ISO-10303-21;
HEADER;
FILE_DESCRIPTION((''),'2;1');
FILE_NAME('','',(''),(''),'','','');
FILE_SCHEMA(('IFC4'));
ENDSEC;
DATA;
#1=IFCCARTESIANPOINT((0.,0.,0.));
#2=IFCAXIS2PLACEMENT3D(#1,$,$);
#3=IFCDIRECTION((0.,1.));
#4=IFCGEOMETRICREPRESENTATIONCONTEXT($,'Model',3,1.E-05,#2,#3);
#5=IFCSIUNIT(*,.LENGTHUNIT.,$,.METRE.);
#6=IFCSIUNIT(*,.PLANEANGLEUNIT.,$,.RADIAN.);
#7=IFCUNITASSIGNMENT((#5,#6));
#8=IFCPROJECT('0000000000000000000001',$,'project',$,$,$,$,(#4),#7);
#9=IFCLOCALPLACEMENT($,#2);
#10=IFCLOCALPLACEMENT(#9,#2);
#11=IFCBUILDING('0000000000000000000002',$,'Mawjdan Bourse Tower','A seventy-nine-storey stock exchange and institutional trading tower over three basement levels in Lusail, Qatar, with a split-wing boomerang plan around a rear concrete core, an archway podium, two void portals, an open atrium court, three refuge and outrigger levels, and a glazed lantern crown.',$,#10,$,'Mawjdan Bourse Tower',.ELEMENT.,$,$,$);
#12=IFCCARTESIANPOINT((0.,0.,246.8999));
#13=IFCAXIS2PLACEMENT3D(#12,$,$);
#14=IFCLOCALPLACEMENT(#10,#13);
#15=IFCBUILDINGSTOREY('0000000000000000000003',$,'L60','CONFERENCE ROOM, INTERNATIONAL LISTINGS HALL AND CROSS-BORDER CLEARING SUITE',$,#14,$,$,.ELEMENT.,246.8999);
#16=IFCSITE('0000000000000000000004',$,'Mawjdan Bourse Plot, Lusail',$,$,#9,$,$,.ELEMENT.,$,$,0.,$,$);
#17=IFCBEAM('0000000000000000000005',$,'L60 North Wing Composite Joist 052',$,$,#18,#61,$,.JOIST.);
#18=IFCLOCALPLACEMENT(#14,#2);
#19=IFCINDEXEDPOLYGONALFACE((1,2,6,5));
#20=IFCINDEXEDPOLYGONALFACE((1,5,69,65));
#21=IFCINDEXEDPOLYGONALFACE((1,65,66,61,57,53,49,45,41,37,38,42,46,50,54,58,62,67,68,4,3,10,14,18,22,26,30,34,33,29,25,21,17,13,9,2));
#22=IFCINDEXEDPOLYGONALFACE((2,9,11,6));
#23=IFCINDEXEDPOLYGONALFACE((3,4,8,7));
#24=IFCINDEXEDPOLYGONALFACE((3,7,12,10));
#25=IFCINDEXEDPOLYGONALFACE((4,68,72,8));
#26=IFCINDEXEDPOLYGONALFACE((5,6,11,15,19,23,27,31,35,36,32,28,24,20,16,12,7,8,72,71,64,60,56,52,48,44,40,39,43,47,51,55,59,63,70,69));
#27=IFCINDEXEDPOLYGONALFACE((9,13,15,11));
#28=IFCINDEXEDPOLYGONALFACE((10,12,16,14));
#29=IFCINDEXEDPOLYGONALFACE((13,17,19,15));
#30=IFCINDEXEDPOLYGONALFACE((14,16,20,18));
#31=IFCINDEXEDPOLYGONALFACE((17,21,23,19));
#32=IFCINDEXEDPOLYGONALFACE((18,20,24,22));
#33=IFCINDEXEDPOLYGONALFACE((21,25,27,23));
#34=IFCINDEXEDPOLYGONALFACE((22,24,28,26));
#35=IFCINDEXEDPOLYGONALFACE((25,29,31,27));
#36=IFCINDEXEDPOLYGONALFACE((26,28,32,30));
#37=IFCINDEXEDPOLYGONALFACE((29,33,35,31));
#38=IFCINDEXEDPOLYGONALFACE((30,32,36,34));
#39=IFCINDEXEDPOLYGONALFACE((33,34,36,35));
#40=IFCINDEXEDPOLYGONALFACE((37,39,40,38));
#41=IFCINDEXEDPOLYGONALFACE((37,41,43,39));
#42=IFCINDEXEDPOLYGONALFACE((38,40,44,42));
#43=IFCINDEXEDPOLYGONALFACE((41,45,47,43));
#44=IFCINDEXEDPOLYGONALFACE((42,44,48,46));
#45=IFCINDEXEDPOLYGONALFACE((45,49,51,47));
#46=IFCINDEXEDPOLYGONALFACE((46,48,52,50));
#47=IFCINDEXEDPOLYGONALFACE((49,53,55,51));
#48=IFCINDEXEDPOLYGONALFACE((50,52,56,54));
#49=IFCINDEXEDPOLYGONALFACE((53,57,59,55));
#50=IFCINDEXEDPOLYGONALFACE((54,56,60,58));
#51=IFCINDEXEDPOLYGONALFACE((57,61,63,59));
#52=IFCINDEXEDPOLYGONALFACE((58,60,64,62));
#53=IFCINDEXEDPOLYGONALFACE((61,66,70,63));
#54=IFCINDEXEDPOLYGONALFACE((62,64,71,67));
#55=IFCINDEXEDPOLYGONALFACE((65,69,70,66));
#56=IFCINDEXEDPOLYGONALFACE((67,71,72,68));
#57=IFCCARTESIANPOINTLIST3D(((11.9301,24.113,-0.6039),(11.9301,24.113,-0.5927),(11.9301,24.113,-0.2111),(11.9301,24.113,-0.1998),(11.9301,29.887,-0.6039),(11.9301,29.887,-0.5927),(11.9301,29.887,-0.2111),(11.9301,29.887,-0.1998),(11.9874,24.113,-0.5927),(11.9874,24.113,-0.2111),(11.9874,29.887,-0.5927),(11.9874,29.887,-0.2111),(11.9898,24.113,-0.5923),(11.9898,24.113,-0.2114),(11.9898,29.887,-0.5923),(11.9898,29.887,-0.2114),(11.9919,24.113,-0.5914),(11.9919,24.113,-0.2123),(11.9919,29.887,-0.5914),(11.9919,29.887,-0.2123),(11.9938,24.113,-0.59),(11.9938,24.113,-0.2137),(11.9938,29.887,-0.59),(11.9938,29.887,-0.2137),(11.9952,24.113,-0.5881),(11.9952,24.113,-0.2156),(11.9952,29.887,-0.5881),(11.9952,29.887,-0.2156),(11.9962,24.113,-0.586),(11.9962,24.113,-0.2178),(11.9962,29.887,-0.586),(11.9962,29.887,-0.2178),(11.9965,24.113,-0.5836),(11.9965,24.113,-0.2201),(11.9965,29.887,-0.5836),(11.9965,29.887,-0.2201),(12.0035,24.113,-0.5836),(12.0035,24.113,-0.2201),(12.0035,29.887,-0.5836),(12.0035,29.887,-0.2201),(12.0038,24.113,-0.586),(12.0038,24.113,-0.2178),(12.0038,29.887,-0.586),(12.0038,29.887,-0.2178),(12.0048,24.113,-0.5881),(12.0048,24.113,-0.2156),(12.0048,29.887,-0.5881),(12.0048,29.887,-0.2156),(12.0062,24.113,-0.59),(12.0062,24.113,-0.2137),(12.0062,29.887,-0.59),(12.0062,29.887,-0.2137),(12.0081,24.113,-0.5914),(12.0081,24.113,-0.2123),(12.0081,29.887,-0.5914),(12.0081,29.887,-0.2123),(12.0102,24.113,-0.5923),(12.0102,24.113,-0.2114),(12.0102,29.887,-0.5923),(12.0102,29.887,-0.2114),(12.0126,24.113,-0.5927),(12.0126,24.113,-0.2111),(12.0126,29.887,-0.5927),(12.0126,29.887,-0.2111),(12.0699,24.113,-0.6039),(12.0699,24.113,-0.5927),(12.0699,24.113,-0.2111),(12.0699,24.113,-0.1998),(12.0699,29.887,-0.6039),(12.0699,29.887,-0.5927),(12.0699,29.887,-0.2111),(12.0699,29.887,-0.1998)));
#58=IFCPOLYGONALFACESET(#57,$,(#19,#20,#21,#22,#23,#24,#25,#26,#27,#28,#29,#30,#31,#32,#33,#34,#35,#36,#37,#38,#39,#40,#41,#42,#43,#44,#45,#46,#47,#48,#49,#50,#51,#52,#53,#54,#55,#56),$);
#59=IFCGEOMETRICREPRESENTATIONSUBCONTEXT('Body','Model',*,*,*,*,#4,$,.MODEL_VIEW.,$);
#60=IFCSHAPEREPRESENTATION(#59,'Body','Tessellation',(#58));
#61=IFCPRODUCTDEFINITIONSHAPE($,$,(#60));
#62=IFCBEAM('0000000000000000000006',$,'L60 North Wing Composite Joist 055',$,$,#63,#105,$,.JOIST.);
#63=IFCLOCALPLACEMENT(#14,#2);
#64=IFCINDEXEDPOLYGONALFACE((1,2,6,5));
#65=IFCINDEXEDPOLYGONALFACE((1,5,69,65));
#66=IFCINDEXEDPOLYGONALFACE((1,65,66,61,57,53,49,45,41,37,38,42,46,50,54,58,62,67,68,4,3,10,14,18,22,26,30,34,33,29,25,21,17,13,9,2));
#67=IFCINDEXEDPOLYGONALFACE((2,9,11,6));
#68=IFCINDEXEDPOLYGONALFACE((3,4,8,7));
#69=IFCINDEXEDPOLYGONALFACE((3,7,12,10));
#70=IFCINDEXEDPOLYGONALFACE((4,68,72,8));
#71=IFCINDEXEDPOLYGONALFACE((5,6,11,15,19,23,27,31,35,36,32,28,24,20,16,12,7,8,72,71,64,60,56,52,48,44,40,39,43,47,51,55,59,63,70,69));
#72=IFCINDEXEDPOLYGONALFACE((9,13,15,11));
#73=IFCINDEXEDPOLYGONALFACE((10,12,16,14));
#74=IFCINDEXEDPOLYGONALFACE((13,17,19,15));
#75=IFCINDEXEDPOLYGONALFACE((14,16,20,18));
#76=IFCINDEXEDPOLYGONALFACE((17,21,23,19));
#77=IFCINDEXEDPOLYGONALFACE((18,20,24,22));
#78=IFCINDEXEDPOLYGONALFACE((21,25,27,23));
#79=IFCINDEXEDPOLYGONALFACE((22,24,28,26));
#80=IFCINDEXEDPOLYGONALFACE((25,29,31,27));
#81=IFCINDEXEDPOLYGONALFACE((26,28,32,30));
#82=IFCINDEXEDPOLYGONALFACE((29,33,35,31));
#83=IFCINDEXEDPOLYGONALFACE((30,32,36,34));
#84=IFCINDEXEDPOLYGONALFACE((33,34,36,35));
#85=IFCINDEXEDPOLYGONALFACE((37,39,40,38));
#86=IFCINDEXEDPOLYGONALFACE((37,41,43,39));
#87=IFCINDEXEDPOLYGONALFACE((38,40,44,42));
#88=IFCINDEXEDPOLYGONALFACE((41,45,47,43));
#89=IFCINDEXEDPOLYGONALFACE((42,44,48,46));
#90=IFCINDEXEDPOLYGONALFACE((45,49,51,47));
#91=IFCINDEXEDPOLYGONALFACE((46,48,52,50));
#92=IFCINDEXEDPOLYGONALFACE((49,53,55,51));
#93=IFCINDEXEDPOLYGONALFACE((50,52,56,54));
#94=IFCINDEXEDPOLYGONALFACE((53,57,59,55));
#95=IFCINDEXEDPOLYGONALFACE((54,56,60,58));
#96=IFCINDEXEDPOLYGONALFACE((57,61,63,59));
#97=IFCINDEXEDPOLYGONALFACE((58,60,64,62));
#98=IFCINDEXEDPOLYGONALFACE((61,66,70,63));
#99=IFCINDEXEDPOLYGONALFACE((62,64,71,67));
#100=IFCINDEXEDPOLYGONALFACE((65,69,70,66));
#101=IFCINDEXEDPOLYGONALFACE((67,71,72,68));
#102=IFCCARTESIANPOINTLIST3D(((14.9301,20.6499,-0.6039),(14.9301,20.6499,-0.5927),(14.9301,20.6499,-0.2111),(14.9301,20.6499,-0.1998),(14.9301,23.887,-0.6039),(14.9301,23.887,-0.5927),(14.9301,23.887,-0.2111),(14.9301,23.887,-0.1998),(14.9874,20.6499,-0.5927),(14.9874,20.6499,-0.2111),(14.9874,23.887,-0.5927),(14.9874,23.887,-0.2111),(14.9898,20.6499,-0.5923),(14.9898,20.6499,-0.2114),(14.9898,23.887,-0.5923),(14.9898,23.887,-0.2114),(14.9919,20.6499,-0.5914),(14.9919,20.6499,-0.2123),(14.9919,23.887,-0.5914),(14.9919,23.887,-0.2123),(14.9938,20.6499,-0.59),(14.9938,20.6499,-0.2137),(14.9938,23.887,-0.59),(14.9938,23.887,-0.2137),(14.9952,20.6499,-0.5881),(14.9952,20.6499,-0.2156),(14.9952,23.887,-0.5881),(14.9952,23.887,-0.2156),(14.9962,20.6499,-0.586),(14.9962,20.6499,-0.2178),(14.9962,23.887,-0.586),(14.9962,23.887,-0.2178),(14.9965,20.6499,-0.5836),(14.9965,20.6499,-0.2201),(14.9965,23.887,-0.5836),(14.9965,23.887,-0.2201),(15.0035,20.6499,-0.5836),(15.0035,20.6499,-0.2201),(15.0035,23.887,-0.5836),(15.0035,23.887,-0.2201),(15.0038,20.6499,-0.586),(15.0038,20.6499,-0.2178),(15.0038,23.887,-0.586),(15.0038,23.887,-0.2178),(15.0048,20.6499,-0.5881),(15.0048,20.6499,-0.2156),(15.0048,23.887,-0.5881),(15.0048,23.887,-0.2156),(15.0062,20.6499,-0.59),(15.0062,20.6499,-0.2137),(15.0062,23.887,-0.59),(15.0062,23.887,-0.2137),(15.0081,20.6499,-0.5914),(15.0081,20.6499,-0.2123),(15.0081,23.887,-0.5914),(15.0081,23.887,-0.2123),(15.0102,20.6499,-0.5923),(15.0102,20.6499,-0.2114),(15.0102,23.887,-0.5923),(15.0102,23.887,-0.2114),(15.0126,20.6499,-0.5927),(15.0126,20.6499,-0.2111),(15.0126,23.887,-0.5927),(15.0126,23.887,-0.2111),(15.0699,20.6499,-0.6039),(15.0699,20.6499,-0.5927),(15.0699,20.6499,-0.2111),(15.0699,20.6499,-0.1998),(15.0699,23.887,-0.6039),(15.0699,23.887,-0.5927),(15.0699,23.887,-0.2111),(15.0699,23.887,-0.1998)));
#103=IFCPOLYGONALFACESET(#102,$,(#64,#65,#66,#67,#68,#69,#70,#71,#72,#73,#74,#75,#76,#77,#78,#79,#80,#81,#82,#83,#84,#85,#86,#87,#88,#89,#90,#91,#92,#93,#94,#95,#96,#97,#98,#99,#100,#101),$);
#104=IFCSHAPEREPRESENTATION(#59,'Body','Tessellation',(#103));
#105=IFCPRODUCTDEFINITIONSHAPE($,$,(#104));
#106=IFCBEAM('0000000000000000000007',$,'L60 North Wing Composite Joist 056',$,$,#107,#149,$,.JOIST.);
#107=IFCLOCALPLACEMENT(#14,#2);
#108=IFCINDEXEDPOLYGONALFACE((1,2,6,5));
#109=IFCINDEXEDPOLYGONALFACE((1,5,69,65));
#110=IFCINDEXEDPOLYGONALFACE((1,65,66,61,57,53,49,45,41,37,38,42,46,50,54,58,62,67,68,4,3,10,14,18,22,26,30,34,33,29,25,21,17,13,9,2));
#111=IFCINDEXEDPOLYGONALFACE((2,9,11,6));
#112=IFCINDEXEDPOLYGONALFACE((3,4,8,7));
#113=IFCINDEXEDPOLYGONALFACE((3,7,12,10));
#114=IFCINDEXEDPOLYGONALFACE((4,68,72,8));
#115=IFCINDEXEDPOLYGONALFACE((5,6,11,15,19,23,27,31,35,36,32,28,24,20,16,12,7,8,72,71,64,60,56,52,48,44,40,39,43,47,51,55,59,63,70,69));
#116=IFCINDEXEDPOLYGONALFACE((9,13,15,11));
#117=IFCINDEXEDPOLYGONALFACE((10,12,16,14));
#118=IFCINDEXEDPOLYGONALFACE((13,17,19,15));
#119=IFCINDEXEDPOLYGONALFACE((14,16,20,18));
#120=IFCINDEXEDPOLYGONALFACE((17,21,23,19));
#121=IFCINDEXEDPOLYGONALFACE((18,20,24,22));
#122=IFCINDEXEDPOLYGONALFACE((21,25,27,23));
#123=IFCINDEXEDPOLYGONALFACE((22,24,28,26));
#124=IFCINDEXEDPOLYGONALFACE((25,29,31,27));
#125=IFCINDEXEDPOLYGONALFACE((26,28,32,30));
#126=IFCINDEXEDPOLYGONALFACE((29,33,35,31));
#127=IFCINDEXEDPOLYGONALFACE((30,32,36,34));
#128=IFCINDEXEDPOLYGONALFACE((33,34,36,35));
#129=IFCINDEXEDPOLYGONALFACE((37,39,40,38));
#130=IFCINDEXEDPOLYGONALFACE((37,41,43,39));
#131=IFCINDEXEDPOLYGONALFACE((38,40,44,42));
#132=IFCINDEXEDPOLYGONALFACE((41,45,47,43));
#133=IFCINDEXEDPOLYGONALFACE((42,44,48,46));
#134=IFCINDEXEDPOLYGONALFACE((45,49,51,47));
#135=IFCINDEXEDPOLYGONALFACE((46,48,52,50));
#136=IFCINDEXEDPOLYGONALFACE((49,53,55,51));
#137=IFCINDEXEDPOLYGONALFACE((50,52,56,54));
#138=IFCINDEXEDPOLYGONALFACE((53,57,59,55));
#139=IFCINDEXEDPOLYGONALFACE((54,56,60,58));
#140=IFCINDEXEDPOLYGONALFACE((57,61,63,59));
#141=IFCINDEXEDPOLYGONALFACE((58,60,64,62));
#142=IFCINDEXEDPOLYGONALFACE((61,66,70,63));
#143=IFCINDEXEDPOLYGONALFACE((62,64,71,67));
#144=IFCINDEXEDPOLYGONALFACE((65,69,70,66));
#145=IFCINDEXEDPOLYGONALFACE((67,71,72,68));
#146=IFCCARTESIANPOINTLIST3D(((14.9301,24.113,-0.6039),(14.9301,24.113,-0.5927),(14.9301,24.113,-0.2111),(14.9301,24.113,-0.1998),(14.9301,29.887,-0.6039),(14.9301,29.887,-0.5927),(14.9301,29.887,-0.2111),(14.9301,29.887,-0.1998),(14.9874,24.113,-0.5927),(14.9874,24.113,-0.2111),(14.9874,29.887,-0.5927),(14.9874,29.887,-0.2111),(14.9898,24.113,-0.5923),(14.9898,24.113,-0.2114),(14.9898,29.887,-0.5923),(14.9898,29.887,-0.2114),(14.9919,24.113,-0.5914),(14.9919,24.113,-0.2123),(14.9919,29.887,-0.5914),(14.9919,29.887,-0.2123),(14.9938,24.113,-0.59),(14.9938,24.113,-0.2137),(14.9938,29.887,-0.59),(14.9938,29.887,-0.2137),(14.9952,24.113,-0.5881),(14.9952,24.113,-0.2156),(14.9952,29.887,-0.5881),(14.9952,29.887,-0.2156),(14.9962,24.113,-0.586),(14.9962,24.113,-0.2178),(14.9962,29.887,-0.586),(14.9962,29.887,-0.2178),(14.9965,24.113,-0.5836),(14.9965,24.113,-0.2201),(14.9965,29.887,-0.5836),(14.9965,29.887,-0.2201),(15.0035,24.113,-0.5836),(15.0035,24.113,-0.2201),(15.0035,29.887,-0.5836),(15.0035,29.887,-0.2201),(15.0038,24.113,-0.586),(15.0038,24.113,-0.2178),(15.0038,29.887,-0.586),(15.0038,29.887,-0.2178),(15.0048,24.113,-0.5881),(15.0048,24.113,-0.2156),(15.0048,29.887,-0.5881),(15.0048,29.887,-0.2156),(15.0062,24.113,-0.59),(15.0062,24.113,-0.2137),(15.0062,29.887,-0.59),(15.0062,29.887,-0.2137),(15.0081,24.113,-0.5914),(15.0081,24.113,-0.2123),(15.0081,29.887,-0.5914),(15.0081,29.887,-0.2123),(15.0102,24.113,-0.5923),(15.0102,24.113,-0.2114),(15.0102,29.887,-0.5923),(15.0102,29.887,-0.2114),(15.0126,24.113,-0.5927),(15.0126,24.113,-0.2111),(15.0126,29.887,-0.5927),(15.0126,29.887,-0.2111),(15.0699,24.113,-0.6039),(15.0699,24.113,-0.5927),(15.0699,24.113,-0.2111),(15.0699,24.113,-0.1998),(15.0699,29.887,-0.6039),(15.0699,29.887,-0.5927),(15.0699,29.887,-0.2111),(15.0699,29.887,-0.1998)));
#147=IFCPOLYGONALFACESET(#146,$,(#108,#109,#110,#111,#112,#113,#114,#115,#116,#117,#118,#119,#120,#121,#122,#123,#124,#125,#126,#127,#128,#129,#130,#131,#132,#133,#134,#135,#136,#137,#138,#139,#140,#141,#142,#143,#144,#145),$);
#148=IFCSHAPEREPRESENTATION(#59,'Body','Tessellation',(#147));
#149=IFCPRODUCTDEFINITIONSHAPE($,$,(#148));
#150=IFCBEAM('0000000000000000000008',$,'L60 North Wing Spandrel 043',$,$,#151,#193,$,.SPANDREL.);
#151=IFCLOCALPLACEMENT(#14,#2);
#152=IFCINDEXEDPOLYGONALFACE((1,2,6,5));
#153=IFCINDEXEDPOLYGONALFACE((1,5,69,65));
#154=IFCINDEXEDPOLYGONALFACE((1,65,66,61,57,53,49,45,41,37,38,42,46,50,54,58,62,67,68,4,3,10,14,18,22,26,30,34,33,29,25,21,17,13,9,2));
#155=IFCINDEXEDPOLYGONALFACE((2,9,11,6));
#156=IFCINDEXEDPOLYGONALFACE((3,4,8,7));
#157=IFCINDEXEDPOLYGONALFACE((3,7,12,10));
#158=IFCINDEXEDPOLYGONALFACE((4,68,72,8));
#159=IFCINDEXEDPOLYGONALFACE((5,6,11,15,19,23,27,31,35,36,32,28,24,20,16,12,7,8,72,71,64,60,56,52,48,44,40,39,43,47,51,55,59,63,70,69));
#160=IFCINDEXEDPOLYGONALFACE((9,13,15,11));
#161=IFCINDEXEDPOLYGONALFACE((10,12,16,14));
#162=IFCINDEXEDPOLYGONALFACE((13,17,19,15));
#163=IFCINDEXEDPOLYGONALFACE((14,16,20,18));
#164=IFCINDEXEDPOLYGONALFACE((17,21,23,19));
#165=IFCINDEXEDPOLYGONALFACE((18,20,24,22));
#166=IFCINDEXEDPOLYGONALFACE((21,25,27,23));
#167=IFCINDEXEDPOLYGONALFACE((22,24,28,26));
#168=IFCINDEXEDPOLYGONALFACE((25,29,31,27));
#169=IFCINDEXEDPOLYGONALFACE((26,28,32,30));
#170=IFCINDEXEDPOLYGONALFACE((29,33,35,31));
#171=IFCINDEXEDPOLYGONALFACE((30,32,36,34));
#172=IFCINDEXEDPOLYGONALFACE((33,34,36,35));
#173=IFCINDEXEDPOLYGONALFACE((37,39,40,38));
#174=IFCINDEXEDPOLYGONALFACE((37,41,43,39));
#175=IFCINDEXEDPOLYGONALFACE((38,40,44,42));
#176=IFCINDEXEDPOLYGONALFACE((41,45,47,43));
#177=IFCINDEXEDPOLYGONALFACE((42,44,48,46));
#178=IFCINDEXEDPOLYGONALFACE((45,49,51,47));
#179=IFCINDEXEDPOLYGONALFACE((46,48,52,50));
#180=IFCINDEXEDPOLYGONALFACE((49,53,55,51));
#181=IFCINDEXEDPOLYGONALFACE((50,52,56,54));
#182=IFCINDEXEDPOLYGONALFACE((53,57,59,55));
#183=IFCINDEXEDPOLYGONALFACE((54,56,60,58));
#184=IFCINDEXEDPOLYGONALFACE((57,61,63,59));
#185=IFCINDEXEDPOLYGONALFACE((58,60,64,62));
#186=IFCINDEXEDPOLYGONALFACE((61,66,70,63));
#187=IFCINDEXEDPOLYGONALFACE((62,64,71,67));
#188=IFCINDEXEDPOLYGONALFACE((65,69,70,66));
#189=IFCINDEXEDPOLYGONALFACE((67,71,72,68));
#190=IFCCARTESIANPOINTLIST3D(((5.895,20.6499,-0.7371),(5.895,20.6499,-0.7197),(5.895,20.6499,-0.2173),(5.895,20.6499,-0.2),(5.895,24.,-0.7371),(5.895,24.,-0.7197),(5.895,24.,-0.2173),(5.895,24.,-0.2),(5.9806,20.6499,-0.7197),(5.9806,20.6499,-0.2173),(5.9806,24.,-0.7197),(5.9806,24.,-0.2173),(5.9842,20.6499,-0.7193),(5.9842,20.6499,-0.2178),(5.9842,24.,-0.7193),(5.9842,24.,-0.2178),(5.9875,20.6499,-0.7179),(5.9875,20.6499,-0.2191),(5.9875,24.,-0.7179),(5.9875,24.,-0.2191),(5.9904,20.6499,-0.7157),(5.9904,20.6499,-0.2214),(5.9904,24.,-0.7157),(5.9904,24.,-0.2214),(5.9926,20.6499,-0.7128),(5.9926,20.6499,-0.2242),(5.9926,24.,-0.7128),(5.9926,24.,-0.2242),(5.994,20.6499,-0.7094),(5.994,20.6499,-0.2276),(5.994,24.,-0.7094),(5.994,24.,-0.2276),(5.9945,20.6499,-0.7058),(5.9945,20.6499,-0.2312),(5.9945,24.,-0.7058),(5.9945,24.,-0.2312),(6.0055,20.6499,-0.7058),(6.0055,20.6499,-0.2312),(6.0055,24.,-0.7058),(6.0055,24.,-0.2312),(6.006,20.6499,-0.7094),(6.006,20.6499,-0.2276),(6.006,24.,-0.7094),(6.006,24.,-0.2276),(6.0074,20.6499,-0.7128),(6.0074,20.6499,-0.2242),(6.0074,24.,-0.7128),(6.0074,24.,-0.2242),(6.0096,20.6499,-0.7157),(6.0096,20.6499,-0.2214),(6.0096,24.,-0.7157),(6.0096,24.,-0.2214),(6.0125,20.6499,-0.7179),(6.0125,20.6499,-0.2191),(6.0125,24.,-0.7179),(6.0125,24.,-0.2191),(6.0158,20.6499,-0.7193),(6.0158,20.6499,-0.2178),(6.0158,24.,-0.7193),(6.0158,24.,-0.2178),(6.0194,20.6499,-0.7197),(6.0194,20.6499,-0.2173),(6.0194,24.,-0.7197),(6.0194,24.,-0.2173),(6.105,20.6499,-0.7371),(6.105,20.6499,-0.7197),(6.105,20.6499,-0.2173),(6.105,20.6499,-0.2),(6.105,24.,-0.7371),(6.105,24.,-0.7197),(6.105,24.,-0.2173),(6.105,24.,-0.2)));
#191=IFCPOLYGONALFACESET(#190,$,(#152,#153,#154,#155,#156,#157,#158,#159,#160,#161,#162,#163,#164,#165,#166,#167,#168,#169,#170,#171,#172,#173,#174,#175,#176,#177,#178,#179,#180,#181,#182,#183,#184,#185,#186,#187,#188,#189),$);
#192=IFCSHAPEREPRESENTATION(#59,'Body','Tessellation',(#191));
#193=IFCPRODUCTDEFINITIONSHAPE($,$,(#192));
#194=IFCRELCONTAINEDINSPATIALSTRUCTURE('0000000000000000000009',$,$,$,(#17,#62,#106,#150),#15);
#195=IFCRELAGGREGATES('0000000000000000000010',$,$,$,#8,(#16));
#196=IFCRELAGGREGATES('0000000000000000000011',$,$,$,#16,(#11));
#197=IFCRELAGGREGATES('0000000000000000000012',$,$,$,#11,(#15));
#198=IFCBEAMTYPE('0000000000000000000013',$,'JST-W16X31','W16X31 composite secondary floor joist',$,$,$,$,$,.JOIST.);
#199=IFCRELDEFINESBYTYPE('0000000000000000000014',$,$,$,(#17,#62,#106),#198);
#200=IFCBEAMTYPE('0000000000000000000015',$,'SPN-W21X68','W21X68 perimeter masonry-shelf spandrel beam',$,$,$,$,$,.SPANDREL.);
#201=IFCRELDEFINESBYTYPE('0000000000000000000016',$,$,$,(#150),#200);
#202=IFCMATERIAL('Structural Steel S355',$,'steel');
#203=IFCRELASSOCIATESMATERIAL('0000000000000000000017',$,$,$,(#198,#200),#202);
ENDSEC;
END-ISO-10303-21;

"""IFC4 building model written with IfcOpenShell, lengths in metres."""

from ifc_helpers import new_model, si_unit, direction, frame, origin, origin_2d, place, context, subcontext, project, spatial, i_section, extrude, material, material_profile, profile_set, type_object, element, save


model = new_model("IFC4")

# Units and contexts
model_context = context("Model", 3, precision=1e-05, world=origin(), true_north=direction((0.0, 1.0)))
body_context = subcontext(model_context, "Body", "Model", "MODEL_VIEW")
ifc_project = project(units=[si_unit("LENGTHUNIT", "METRE"), si_unit("PLANEANGLEUNIT", "RADIAN")], contexts=[model_context])

# Site, building, storey
site_placement = place(None, origin())
site = spatial("IfcSite", under=ifc_project, at=site_placement, Name="Mawjdan Bourse Plot, Lusail", CompositionType="ELEMENT", RefElevation=0.0)
building_placement = place(site_placement, origin())
building = spatial("IfcBuilding", under=site, at=building_placement, Name="Mawjdan Bourse Tower", Description="A seventy-nine-storey stock exchange and institutional trading tower over three basement levels in Lusail, Qatar, with a split-wing boomerang plan around a rear concrete core, an archway podium, two void portals, an open atrium court, three refuge and outrigger levels, and a glazed lantern crown.", LongName="Mawjdan Bourse Tower", CompositionType="ELEMENT")
storey_placement = place(building_placement, frame((0.0, 0.0, 246.8999)))
storey = spatial("IfcBuildingStorey", under=building, at=storey_placement, Name="L60", Description="CONFERENCE ROOM, INTERNATIONAL LISTINGS HALL AND CROSS-BORDER CLEARING SUITE", CompositionType="ELEMENT", Elevation=246.8999)

# Beams
ifc_material_1 = material(Name="Structural Steel S355", Category="steel")
ifc_material_profile_1 = material_profile(ifc_material_1, i_section(OverallWidth=0.1399, OverallDepth=0.4041, WebThickness=0.0071, FlangeThickness=0.0112, FilletRadius=0.009, at=origin_2d()), Name="W16X31")
ifc_profile_set_1 = profile_set([ifc_material_profile_1], Name="Structural Steel S355")
beam_type_1 = type_object("IfcBeamType", Name="JST-W16X31", Description="W16X31 composite secondary floor joist", PredefinedType="JOIST", material=ifc_profile_set_1)
beam_1_placement = place(storey_placement, frame((12.0, 24.113, -0.4019), z_axis=(0.0, 1.0, 0.0), x_axis=(-1.0, 0.0, 0.0)))
element("IfcBeam", 1, at=beam_1_placement, inside=storey, type_object=beam_type_1, Name="L60 North Wing Composite Joist 052", PredefinedType="JOIST", context=body_context, shape_type="SweptSolid", body=[
    extrude(i_section(OverallWidth=0.1399, OverallDepth=0.4041, WebThickness=0.0071, FlangeThickness=0.0112, FilletRadius=0.009, at=origin_2d()), origin(), (0.0, 0.0, 1.0), 5.7739),
])
beam_2_placement = place(storey_placement, frame((15.0, 20.6499, -0.4019), z_axis=(0.0, 1.0, 0.0), x_axis=(-1.0, 0.0, 0.0)))
element("IfcBeam", 2, at=beam_2_placement, inside=storey, type_object=beam_type_1, Name="L60 North Wing Composite Joist 055", PredefinedType="JOIST", context=body_context, shape_type="SweptSolid", body=[
    extrude(i_section(OverallWidth=0.1399, OverallDepth=0.4041, WebThickness=0.0071, FlangeThickness=0.0112, FilletRadius=0.009, at=origin_2d()), origin(), (0.0, 0.0, 1.0), 3.2371),
])
beam_3_placement = place(storey_placement, frame((15.0, 24.113, -0.4019), z_axis=(0.0, 1.0, 0.0), x_axis=(-1.0, 0.0, 0.0)))
element("IfcBeam", 3, at=beam_3_placement, inside=storey, type_object=beam_type_1, Name="L60 North Wing Composite Joist 056", PredefinedType="JOIST", context=body_context, shape_type="SweptSolid", body=[
    extrude(i_section(OverallWidth=0.1399, OverallDepth=0.4041, WebThickness=0.0071, FlangeThickness=0.0112, FilletRadius=0.009, at=origin_2d()), origin(), (0.0, 0.0, 1.0), 5.7739),
])
ifc_material_profile_2 = material_profile(ifc_material_1, i_section(OverallWidth=0.21, OverallDepth=0.5371, WebThickness=0.011, FlangeThickness=0.0173, FilletRadius=0.0139, at=origin_2d()), Name="W21X68")
ifc_profile_set_2 = profile_set([ifc_material_profile_2], Name="Structural Steel S355")
beam_type_2 = type_object("IfcBeamType", Name="SPN-W21X68", Description="W21X68 perimeter masonry-shelf spandrel beam", PredefinedType="SPANDREL", material=ifc_profile_set_2)
beam_4_placement = place(storey_placement, frame((6.0, 20.6499, -0.4685), z_axis=(0.0, 1.0, 0.0), x_axis=(-1.0, 0.0, 0.0)))
element("IfcBeam", 4, at=beam_4_placement, inside=storey, type_object=beam_type_2, Name="L60 North Wing Spandrel 043", PredefinedType="SPANDREL", context=body_context, shape_type="SweptSolid", body=[
    extrude(i_section(OverallWidth=0.21, OverallDepth=0.5371, WebThickness=0.011, FlangeThickness=0.0173, FilletRadius=0.0139, at=origin_2d()), origin(), (0.0, 0.0, 1.0), 3.3501),
])

save(model, "model.ifc")
